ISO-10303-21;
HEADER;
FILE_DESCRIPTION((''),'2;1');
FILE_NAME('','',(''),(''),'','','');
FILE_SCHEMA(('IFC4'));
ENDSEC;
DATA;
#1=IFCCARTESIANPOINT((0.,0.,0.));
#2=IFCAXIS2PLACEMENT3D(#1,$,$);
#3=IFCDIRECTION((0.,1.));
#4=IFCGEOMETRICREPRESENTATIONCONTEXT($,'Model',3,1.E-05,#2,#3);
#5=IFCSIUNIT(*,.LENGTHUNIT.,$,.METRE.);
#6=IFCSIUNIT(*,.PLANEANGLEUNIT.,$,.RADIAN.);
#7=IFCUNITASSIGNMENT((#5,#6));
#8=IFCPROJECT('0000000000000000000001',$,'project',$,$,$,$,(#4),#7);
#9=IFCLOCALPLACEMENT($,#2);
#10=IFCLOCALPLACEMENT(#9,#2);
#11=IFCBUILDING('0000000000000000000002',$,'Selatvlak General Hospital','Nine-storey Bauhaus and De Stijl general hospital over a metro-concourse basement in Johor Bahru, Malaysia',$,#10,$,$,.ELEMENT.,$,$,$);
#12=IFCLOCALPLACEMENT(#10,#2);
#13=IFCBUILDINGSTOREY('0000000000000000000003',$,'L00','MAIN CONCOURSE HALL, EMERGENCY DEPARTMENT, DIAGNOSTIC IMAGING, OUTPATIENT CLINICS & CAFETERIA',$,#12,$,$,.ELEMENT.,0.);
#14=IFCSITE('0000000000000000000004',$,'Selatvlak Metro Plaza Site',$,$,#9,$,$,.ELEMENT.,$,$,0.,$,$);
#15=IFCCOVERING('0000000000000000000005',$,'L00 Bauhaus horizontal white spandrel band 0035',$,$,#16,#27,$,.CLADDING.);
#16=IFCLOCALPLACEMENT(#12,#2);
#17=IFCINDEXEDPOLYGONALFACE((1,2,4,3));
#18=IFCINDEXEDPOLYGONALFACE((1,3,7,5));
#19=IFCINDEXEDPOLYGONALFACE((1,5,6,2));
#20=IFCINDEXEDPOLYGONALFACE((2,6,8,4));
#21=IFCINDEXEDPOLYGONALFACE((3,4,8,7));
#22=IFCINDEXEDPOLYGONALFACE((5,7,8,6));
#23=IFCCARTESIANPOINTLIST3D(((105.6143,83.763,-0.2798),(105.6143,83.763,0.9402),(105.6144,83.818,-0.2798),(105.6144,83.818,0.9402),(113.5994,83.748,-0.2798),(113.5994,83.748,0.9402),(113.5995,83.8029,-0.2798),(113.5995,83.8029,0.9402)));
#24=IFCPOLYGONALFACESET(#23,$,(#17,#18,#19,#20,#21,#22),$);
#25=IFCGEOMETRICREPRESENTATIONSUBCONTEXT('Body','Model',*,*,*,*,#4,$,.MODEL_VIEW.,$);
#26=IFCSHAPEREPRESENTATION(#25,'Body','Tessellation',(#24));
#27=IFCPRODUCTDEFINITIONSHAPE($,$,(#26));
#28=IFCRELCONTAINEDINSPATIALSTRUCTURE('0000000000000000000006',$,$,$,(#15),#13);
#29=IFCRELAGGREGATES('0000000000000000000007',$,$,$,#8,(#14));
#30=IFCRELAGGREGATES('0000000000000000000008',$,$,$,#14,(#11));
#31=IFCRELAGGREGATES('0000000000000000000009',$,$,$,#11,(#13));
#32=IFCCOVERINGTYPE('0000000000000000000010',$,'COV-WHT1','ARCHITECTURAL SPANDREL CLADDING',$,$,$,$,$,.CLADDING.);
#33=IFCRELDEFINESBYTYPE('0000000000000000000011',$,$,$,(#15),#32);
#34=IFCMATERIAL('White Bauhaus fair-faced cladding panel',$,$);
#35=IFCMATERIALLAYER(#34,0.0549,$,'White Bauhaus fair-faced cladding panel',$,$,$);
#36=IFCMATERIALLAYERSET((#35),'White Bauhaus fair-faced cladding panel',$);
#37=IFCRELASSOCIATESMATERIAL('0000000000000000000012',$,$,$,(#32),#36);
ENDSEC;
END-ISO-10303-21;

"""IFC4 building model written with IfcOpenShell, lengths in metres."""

from ifc_helpers import new_model, si_unit, direction, frame, origin, origin_2d, place, context, subcontext, project, spatial, rectangle, extrude, material, layer, layer_set, type_object, element, save


model = new_model("IFC4")

# Units and contexts
model_context = context("Model", 3, precision=1e-05, world=origin(), true_north=direction((0.0, 1.0)))
body_context = subcontext(model_context, "Body", "Model", "MODEL_VIEW")
ifc_project = project(units=[si_unit("LENGTHUNIT", "METRE"), si_unit("PLANEANGLEUNIT", "RADIAN")], contexts=[model_context])

# Site, building, storey
site_placement = place(None, origin())
site = spatial("IfcSite", under=ifc_project, at=site_placement, Name="Selatvlak Metro Plaza Site", CompositionType="ELEMENT", RefElevation=0.0)
building_placement = place(site_placement, origin())
building = spatial("IfcBuilding", under=site, at=building_placement, Name="Selatvlak General Hospital", Description="Nine-storey Bauhaus and De Stijl general hospital over a metro-concourse basement in Johor Bahru, Malaysia", CompositionType="ELEMENT")
storey_placement = place(building_placement, origin())
storey = spatial("IfcBuildingStorey", under=building, at=storey_placement, Name="L00", Description="MAIN CONCOURSE HALL, EMERGENCY DEPARTMENT, DIAGNOSTIC IMAGING, OUTPATIENT CLINICS & CAFETERIA", CompositionType="ELEMENT", Elevation=0.0)

# Covering
ifc_material_1 = material(Name="White Bauhaus fair-faced cladding panel")
ifc_layer_1 = layer(ifc_material_1, 0.0549, Name="White Bauhaus fair-faced cladding panel")
ifc_layer_set_1 = layer_set([ifc_layer_1], Name="White Bauhaus fair-faced cladding panel")
covering_type_1 = type_object("IfcCoveringType", Name="COV-WHT1", Description="ARCHITECTURAL SPANDREL CLADDING", PredefinedType="CLADDING", material=ifc_layer_set_1)
covering_1_placement = place(storey_placement, frame((109.6069, 83.783, -0.2798), z_axis=(0.0, 0.0, 1.0), x_axis=(-0.999998, 0.001885, 0.0)))
element("IfcCovering", 1, at=covering_1_placement, inside=storey, type_object=covering_type_1, Name="L00 Bauhaus horizontal white spandrel band 0035", PredefinedType="CLADDING", context=body_context, shape_type="SweptSolid", body=[
    extrude(rectangle(XDim=7.9851, YDim=0.0549, at=origin_2d()), origin(), (0.0, 0.0, 1.0), 1.22),
])

save(model, "model.ifc")
